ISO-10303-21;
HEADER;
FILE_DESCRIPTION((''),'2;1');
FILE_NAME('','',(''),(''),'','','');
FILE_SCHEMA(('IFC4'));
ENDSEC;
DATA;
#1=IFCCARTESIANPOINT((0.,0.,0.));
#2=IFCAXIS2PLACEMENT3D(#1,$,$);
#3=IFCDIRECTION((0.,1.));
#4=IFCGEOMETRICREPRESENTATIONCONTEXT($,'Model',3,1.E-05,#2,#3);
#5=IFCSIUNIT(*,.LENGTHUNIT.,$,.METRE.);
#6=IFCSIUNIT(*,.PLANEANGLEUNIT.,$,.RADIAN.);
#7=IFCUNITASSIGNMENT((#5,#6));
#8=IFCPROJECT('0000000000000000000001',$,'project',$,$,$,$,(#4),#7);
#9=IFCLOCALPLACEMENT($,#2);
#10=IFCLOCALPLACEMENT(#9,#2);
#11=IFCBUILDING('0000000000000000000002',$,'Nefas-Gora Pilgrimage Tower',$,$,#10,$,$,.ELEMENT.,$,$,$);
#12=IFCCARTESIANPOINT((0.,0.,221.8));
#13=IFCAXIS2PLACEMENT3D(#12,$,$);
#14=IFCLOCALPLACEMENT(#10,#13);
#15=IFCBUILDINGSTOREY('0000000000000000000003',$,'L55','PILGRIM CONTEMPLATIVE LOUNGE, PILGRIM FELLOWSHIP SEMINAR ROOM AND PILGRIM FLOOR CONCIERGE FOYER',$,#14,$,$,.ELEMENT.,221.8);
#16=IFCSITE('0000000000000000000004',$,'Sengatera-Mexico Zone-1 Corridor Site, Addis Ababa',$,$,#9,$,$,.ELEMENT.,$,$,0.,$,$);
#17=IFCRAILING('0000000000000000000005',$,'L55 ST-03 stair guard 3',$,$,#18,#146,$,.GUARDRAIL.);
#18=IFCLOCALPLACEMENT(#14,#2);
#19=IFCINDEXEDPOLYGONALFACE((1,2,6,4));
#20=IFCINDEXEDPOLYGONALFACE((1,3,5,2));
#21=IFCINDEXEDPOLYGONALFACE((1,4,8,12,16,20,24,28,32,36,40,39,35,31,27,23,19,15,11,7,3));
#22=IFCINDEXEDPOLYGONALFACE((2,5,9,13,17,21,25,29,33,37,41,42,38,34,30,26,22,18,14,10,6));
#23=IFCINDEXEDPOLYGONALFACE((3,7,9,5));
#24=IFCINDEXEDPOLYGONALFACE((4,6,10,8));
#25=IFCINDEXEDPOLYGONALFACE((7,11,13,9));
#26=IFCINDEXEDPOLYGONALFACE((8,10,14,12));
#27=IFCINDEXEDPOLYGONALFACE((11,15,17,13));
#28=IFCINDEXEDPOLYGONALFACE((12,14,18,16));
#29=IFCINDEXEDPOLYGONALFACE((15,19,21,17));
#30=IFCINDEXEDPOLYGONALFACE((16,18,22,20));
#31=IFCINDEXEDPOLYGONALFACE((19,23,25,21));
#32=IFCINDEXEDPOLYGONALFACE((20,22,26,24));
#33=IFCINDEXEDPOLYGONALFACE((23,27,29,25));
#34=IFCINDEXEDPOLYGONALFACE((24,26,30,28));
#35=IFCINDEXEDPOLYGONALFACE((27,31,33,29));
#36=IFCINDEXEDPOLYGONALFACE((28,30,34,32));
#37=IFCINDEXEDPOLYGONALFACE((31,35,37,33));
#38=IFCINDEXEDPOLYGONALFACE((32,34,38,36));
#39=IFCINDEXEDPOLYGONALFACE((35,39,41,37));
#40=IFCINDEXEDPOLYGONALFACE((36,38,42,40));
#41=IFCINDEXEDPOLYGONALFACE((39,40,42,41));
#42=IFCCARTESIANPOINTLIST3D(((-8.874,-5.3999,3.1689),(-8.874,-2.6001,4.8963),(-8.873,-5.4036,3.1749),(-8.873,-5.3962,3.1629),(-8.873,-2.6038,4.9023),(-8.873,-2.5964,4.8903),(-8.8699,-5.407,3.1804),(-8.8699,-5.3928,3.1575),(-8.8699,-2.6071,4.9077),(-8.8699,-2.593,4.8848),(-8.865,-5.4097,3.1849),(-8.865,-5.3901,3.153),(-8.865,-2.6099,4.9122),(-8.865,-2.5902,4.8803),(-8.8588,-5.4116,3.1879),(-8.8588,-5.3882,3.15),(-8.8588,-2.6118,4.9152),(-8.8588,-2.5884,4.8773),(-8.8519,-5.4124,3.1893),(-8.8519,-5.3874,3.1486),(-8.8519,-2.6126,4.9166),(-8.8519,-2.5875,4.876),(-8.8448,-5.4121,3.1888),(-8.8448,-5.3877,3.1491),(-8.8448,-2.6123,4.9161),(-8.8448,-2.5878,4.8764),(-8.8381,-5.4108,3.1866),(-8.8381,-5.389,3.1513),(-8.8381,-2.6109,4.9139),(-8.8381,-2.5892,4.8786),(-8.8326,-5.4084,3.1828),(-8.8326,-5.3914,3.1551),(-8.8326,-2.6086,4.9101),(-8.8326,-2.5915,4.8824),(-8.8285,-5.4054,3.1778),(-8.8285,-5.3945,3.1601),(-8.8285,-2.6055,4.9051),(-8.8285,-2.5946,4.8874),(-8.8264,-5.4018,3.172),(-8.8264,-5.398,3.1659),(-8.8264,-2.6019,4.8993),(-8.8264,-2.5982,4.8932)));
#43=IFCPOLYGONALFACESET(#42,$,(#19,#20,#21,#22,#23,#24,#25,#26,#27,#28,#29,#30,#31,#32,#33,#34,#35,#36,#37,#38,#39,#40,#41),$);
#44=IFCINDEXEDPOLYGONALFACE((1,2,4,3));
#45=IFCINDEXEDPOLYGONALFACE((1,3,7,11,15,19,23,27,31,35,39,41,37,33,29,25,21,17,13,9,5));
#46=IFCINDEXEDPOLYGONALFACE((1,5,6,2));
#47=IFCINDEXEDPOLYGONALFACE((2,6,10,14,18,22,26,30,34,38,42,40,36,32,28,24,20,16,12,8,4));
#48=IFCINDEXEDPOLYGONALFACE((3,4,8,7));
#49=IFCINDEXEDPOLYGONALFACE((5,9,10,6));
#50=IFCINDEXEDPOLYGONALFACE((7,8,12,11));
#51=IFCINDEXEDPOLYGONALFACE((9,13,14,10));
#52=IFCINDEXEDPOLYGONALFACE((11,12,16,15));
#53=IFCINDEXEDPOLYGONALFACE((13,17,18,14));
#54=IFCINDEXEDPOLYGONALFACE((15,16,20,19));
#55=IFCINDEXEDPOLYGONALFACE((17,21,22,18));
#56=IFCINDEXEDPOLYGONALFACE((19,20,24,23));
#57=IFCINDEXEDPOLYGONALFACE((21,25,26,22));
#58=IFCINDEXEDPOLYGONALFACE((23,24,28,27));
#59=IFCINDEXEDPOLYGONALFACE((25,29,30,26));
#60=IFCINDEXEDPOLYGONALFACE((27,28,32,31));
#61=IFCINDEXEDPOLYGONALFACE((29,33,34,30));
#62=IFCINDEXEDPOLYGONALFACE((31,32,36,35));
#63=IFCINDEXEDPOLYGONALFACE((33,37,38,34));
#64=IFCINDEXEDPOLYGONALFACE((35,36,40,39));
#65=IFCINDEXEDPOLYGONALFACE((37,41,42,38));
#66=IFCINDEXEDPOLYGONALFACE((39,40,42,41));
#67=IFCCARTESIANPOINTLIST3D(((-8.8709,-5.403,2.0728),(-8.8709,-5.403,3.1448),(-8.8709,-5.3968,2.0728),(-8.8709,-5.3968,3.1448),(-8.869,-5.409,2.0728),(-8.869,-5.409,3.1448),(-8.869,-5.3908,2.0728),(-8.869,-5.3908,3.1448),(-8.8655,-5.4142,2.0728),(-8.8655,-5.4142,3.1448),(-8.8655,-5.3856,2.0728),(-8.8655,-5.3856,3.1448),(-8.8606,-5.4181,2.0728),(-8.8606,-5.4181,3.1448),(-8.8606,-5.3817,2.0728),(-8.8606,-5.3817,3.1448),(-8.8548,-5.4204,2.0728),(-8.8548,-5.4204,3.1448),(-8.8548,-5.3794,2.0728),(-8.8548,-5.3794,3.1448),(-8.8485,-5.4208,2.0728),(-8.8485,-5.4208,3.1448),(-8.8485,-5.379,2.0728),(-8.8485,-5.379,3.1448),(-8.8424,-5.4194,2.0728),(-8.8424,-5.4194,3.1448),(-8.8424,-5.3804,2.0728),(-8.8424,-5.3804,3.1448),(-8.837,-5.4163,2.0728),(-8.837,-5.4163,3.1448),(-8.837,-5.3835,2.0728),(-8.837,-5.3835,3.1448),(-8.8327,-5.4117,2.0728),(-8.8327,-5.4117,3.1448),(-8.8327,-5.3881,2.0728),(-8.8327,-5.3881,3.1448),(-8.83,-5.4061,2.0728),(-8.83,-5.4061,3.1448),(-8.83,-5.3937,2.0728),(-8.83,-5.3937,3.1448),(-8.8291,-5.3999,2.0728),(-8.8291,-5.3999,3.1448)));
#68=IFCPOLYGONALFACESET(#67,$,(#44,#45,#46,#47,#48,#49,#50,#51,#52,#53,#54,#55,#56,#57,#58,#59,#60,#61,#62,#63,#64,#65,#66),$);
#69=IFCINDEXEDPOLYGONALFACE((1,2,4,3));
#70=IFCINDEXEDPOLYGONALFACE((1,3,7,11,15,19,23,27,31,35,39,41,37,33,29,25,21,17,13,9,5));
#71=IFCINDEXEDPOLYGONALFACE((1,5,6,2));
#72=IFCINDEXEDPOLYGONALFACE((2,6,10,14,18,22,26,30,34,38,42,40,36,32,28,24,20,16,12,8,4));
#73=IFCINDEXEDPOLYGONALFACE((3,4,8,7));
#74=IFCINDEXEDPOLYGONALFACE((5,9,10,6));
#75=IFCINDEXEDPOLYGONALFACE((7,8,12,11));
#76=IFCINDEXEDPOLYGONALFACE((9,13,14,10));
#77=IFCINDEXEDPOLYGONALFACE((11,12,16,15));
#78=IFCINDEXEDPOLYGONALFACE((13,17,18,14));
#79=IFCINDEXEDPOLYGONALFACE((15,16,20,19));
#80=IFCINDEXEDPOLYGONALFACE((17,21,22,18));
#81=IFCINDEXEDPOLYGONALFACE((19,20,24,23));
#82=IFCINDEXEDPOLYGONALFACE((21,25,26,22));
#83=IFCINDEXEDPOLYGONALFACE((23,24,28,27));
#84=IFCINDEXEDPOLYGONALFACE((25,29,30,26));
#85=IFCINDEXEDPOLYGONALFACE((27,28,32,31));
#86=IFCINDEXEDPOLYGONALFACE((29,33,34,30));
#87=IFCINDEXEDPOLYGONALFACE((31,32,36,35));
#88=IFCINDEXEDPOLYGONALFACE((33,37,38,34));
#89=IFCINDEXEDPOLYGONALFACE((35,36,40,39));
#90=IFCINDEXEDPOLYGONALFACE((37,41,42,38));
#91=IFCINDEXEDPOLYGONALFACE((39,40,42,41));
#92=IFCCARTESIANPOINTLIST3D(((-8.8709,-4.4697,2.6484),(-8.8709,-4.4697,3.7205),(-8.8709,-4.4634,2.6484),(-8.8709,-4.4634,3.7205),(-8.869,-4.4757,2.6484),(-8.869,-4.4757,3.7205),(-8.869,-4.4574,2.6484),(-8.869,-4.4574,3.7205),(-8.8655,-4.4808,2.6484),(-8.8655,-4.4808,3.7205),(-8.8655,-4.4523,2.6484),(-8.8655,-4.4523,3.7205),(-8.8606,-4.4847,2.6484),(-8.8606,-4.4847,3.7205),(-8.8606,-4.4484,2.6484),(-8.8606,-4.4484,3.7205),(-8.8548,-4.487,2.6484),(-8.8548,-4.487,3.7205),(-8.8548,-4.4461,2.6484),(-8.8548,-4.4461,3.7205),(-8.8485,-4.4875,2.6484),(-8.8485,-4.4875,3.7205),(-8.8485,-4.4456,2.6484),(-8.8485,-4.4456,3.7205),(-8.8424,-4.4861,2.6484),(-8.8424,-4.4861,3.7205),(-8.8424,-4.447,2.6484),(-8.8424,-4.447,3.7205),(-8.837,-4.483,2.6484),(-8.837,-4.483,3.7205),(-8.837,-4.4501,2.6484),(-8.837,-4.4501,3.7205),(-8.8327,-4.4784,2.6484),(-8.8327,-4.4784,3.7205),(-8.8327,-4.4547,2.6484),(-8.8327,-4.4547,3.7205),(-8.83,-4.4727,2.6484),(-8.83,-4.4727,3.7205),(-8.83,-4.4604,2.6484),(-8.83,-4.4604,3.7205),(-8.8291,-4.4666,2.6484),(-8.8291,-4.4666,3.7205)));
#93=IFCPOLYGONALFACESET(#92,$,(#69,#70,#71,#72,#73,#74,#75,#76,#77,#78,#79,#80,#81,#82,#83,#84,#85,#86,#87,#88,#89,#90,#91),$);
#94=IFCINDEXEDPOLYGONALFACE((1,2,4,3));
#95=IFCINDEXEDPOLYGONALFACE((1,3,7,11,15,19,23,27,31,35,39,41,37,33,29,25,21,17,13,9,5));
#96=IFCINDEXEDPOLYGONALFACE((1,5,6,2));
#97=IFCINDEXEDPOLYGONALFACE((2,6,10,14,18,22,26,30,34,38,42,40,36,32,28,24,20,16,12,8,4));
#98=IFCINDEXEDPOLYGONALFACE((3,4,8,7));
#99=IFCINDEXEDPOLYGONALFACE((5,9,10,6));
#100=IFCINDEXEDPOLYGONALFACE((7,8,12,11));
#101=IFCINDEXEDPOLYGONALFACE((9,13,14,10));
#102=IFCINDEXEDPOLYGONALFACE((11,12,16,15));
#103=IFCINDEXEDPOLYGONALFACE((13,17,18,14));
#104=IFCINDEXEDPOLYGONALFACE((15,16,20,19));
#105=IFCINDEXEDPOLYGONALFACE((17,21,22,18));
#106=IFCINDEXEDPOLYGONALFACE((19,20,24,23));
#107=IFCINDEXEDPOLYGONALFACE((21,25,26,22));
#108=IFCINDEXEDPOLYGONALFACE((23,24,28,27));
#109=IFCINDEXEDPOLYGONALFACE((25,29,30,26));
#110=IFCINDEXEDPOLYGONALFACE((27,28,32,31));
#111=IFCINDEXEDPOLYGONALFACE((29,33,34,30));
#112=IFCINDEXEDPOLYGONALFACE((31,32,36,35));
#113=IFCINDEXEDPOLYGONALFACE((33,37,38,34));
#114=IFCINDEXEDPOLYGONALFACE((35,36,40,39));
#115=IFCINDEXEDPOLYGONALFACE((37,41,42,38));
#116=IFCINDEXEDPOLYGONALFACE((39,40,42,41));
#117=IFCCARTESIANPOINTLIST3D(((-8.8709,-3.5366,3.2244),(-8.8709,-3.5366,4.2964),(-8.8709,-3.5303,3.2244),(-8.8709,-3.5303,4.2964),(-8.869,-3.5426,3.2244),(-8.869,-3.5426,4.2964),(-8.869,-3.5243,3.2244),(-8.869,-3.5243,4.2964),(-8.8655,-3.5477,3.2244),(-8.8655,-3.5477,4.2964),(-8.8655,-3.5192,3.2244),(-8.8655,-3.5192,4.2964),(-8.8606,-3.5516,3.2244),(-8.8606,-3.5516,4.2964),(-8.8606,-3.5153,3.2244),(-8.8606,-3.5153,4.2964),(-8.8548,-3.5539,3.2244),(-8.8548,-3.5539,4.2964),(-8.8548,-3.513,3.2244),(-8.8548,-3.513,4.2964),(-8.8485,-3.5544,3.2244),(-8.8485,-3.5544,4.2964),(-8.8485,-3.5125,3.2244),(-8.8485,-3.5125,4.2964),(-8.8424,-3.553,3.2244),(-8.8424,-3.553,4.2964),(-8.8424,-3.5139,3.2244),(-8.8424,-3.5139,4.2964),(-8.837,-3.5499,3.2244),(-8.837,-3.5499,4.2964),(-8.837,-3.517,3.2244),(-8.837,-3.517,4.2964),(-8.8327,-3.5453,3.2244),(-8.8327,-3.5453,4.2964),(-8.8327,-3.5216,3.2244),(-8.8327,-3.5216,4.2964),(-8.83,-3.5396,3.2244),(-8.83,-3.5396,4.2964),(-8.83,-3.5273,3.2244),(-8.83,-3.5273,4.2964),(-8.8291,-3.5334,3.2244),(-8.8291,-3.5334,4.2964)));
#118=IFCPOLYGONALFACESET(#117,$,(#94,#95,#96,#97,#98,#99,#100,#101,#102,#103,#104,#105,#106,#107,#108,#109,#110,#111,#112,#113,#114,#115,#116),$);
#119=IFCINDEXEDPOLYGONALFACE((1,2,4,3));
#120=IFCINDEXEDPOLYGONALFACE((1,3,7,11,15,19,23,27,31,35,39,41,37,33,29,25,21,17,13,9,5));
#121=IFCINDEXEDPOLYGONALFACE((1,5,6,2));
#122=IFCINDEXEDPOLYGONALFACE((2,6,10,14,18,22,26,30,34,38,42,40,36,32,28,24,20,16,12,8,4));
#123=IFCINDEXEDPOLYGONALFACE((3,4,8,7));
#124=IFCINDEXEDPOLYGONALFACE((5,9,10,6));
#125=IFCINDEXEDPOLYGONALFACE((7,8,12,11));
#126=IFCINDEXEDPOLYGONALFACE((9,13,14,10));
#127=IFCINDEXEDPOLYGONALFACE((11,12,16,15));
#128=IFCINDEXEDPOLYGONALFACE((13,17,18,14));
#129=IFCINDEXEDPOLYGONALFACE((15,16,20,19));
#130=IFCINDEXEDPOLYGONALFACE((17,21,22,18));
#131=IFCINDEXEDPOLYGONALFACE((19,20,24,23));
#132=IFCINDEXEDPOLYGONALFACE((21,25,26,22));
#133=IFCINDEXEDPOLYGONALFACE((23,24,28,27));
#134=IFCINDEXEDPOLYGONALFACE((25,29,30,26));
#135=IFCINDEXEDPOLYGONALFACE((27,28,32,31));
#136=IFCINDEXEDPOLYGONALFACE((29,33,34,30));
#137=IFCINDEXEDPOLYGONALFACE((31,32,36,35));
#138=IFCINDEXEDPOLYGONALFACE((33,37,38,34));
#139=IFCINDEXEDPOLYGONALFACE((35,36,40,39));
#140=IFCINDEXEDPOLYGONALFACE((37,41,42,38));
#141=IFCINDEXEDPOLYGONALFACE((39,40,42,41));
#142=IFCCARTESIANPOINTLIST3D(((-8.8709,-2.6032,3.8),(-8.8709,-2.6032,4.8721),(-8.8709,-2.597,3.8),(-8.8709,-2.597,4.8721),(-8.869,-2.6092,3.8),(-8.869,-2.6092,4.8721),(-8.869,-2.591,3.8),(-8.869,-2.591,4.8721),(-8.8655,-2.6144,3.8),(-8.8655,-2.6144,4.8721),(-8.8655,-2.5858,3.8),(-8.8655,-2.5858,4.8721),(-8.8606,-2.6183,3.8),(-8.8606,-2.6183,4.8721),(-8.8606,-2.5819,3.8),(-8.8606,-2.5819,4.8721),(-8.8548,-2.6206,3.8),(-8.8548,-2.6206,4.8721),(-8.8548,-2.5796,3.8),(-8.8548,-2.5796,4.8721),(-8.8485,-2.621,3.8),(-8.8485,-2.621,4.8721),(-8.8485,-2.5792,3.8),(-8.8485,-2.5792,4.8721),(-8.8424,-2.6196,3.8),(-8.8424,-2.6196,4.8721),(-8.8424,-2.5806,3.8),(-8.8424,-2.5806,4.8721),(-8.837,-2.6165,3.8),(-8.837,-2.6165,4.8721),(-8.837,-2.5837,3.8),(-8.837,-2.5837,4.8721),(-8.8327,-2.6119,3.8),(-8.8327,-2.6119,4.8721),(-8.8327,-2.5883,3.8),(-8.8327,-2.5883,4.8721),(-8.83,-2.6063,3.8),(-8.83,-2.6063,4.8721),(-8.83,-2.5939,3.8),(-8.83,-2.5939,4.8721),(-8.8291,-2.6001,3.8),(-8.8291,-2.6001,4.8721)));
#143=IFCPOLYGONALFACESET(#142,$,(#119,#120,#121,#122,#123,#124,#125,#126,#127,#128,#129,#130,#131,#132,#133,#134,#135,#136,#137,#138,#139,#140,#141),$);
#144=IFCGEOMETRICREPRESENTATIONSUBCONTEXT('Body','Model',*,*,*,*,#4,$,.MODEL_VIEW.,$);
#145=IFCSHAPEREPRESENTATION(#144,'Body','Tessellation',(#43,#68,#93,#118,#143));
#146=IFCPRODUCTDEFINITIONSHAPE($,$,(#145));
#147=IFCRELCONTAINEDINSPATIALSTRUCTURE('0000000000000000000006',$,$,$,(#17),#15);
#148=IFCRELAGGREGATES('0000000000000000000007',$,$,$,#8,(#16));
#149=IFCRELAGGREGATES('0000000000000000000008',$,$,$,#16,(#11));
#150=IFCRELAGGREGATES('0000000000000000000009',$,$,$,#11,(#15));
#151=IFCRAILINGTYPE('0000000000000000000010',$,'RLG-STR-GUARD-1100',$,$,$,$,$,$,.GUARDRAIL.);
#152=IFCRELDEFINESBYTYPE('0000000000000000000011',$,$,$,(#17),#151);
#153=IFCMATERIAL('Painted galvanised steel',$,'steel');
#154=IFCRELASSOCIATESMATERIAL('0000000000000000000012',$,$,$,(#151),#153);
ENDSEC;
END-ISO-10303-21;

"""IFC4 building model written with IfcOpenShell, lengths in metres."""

from ifc_helpers import new_model, si_unit, direction, frame, origin, origin_2d, place, context, subcontext, project, spatial, circle, extrude, material, type_object, element, save


model = new_model("IFC4")

# Units and contexts
model_context = context("Model", 3, precision=1e-05, world=origin(), true_north=direction((0.0, 1.0)))
body_context = subcontext(model_context, "Body", "Model", "MODEL_VIEW")
ifc_project = project(units=[si_unit("LENGTHUNIT", "METRE"), si_unit("PLANEANGLEUNIT", "RADIAN")], contexts=[model_context])

# Site, building, storey
site_placement = place(None, origin())
site = spatial("IfcSite", under=ifc_project, at=site_placement, Name="Sengatera-Mexico Zone-1 Corridor Site, Addis Ababa", CompositionType="ELEMENT", RefElevation=0.0)
building_placement = place(site_placement, origin())
building = spatial("IfcBuilding", under=site, at=building_placement, Name="Nefas-Gora Pilgrimage Tower", CompositionType="ELEMENT")
storey_placement = place(building_placement, frame((0.0, 0.0, 221.8)))
storey = spatial("IfcBuildingStorey", under=building, at=storey_placement, Name="L55", Description="PILGRIM CONTEMPLATIVE LOUNGE, PILGRIM FELLOWSHIP SEMINAR ROOM AND PILGRIM FLOOR CONCIERGE FOYER", CompositionType="ELEMENT", Elevation=221.8)

# Railing
ifc_material_1 = material(Name="Painted galvanised steel", Category="steel")
railing_type_1 = type_object("IfcRailingType", Name="RLG-STR-GUARD-1100", PredefinedType="GUARDRAIL", material=ifc_material_1)
railing_1_placement = place(storey_placement, frame((-8.8501, -5.3999, 2.0728)))
element("IfcRailing", 1, at=railing_1_placement, inside=storey, type_object=railing_type_1, Name="L55 ST-03 stair guard 3", PredefinedType="GUARDRAIL", context=body_context, shape_type="SweptSolid", body=[
    extrude(circle(Radius=0.0239, at=origin_2d()), frame((0.0, 0.0, 1.0962), z_axis=(0.0, 0.851069, 0.525054), x_axis=(-1.0, 0.0, 0.0)), (0.0, 0.0, 1.0), 3.2898),
    extrude(circle(Radius=0.021, at=origin_2d()), origin(), (0.0, 0.0, 1.0), 1.072),
    extrude(circle(Radius=0.021, at=origin_2d()), frame((0.0, 0.9333, 0.5757)), (0.0, 0.0, 1.0), 1.072),
    extrude(circle(Radius=0.021, at=origin_2d()), frame((0.0, 1.8665, 1.1516)), (0.0, 0.0, 1.0), 1.072),
    extrude(circle(Radius=0.021, at=origin_2d()), frame((0.0, 2.7998, 1.7273)), (0.0, 0.0, 1.0), 1.072),
])

save(model, "model.ifc")
